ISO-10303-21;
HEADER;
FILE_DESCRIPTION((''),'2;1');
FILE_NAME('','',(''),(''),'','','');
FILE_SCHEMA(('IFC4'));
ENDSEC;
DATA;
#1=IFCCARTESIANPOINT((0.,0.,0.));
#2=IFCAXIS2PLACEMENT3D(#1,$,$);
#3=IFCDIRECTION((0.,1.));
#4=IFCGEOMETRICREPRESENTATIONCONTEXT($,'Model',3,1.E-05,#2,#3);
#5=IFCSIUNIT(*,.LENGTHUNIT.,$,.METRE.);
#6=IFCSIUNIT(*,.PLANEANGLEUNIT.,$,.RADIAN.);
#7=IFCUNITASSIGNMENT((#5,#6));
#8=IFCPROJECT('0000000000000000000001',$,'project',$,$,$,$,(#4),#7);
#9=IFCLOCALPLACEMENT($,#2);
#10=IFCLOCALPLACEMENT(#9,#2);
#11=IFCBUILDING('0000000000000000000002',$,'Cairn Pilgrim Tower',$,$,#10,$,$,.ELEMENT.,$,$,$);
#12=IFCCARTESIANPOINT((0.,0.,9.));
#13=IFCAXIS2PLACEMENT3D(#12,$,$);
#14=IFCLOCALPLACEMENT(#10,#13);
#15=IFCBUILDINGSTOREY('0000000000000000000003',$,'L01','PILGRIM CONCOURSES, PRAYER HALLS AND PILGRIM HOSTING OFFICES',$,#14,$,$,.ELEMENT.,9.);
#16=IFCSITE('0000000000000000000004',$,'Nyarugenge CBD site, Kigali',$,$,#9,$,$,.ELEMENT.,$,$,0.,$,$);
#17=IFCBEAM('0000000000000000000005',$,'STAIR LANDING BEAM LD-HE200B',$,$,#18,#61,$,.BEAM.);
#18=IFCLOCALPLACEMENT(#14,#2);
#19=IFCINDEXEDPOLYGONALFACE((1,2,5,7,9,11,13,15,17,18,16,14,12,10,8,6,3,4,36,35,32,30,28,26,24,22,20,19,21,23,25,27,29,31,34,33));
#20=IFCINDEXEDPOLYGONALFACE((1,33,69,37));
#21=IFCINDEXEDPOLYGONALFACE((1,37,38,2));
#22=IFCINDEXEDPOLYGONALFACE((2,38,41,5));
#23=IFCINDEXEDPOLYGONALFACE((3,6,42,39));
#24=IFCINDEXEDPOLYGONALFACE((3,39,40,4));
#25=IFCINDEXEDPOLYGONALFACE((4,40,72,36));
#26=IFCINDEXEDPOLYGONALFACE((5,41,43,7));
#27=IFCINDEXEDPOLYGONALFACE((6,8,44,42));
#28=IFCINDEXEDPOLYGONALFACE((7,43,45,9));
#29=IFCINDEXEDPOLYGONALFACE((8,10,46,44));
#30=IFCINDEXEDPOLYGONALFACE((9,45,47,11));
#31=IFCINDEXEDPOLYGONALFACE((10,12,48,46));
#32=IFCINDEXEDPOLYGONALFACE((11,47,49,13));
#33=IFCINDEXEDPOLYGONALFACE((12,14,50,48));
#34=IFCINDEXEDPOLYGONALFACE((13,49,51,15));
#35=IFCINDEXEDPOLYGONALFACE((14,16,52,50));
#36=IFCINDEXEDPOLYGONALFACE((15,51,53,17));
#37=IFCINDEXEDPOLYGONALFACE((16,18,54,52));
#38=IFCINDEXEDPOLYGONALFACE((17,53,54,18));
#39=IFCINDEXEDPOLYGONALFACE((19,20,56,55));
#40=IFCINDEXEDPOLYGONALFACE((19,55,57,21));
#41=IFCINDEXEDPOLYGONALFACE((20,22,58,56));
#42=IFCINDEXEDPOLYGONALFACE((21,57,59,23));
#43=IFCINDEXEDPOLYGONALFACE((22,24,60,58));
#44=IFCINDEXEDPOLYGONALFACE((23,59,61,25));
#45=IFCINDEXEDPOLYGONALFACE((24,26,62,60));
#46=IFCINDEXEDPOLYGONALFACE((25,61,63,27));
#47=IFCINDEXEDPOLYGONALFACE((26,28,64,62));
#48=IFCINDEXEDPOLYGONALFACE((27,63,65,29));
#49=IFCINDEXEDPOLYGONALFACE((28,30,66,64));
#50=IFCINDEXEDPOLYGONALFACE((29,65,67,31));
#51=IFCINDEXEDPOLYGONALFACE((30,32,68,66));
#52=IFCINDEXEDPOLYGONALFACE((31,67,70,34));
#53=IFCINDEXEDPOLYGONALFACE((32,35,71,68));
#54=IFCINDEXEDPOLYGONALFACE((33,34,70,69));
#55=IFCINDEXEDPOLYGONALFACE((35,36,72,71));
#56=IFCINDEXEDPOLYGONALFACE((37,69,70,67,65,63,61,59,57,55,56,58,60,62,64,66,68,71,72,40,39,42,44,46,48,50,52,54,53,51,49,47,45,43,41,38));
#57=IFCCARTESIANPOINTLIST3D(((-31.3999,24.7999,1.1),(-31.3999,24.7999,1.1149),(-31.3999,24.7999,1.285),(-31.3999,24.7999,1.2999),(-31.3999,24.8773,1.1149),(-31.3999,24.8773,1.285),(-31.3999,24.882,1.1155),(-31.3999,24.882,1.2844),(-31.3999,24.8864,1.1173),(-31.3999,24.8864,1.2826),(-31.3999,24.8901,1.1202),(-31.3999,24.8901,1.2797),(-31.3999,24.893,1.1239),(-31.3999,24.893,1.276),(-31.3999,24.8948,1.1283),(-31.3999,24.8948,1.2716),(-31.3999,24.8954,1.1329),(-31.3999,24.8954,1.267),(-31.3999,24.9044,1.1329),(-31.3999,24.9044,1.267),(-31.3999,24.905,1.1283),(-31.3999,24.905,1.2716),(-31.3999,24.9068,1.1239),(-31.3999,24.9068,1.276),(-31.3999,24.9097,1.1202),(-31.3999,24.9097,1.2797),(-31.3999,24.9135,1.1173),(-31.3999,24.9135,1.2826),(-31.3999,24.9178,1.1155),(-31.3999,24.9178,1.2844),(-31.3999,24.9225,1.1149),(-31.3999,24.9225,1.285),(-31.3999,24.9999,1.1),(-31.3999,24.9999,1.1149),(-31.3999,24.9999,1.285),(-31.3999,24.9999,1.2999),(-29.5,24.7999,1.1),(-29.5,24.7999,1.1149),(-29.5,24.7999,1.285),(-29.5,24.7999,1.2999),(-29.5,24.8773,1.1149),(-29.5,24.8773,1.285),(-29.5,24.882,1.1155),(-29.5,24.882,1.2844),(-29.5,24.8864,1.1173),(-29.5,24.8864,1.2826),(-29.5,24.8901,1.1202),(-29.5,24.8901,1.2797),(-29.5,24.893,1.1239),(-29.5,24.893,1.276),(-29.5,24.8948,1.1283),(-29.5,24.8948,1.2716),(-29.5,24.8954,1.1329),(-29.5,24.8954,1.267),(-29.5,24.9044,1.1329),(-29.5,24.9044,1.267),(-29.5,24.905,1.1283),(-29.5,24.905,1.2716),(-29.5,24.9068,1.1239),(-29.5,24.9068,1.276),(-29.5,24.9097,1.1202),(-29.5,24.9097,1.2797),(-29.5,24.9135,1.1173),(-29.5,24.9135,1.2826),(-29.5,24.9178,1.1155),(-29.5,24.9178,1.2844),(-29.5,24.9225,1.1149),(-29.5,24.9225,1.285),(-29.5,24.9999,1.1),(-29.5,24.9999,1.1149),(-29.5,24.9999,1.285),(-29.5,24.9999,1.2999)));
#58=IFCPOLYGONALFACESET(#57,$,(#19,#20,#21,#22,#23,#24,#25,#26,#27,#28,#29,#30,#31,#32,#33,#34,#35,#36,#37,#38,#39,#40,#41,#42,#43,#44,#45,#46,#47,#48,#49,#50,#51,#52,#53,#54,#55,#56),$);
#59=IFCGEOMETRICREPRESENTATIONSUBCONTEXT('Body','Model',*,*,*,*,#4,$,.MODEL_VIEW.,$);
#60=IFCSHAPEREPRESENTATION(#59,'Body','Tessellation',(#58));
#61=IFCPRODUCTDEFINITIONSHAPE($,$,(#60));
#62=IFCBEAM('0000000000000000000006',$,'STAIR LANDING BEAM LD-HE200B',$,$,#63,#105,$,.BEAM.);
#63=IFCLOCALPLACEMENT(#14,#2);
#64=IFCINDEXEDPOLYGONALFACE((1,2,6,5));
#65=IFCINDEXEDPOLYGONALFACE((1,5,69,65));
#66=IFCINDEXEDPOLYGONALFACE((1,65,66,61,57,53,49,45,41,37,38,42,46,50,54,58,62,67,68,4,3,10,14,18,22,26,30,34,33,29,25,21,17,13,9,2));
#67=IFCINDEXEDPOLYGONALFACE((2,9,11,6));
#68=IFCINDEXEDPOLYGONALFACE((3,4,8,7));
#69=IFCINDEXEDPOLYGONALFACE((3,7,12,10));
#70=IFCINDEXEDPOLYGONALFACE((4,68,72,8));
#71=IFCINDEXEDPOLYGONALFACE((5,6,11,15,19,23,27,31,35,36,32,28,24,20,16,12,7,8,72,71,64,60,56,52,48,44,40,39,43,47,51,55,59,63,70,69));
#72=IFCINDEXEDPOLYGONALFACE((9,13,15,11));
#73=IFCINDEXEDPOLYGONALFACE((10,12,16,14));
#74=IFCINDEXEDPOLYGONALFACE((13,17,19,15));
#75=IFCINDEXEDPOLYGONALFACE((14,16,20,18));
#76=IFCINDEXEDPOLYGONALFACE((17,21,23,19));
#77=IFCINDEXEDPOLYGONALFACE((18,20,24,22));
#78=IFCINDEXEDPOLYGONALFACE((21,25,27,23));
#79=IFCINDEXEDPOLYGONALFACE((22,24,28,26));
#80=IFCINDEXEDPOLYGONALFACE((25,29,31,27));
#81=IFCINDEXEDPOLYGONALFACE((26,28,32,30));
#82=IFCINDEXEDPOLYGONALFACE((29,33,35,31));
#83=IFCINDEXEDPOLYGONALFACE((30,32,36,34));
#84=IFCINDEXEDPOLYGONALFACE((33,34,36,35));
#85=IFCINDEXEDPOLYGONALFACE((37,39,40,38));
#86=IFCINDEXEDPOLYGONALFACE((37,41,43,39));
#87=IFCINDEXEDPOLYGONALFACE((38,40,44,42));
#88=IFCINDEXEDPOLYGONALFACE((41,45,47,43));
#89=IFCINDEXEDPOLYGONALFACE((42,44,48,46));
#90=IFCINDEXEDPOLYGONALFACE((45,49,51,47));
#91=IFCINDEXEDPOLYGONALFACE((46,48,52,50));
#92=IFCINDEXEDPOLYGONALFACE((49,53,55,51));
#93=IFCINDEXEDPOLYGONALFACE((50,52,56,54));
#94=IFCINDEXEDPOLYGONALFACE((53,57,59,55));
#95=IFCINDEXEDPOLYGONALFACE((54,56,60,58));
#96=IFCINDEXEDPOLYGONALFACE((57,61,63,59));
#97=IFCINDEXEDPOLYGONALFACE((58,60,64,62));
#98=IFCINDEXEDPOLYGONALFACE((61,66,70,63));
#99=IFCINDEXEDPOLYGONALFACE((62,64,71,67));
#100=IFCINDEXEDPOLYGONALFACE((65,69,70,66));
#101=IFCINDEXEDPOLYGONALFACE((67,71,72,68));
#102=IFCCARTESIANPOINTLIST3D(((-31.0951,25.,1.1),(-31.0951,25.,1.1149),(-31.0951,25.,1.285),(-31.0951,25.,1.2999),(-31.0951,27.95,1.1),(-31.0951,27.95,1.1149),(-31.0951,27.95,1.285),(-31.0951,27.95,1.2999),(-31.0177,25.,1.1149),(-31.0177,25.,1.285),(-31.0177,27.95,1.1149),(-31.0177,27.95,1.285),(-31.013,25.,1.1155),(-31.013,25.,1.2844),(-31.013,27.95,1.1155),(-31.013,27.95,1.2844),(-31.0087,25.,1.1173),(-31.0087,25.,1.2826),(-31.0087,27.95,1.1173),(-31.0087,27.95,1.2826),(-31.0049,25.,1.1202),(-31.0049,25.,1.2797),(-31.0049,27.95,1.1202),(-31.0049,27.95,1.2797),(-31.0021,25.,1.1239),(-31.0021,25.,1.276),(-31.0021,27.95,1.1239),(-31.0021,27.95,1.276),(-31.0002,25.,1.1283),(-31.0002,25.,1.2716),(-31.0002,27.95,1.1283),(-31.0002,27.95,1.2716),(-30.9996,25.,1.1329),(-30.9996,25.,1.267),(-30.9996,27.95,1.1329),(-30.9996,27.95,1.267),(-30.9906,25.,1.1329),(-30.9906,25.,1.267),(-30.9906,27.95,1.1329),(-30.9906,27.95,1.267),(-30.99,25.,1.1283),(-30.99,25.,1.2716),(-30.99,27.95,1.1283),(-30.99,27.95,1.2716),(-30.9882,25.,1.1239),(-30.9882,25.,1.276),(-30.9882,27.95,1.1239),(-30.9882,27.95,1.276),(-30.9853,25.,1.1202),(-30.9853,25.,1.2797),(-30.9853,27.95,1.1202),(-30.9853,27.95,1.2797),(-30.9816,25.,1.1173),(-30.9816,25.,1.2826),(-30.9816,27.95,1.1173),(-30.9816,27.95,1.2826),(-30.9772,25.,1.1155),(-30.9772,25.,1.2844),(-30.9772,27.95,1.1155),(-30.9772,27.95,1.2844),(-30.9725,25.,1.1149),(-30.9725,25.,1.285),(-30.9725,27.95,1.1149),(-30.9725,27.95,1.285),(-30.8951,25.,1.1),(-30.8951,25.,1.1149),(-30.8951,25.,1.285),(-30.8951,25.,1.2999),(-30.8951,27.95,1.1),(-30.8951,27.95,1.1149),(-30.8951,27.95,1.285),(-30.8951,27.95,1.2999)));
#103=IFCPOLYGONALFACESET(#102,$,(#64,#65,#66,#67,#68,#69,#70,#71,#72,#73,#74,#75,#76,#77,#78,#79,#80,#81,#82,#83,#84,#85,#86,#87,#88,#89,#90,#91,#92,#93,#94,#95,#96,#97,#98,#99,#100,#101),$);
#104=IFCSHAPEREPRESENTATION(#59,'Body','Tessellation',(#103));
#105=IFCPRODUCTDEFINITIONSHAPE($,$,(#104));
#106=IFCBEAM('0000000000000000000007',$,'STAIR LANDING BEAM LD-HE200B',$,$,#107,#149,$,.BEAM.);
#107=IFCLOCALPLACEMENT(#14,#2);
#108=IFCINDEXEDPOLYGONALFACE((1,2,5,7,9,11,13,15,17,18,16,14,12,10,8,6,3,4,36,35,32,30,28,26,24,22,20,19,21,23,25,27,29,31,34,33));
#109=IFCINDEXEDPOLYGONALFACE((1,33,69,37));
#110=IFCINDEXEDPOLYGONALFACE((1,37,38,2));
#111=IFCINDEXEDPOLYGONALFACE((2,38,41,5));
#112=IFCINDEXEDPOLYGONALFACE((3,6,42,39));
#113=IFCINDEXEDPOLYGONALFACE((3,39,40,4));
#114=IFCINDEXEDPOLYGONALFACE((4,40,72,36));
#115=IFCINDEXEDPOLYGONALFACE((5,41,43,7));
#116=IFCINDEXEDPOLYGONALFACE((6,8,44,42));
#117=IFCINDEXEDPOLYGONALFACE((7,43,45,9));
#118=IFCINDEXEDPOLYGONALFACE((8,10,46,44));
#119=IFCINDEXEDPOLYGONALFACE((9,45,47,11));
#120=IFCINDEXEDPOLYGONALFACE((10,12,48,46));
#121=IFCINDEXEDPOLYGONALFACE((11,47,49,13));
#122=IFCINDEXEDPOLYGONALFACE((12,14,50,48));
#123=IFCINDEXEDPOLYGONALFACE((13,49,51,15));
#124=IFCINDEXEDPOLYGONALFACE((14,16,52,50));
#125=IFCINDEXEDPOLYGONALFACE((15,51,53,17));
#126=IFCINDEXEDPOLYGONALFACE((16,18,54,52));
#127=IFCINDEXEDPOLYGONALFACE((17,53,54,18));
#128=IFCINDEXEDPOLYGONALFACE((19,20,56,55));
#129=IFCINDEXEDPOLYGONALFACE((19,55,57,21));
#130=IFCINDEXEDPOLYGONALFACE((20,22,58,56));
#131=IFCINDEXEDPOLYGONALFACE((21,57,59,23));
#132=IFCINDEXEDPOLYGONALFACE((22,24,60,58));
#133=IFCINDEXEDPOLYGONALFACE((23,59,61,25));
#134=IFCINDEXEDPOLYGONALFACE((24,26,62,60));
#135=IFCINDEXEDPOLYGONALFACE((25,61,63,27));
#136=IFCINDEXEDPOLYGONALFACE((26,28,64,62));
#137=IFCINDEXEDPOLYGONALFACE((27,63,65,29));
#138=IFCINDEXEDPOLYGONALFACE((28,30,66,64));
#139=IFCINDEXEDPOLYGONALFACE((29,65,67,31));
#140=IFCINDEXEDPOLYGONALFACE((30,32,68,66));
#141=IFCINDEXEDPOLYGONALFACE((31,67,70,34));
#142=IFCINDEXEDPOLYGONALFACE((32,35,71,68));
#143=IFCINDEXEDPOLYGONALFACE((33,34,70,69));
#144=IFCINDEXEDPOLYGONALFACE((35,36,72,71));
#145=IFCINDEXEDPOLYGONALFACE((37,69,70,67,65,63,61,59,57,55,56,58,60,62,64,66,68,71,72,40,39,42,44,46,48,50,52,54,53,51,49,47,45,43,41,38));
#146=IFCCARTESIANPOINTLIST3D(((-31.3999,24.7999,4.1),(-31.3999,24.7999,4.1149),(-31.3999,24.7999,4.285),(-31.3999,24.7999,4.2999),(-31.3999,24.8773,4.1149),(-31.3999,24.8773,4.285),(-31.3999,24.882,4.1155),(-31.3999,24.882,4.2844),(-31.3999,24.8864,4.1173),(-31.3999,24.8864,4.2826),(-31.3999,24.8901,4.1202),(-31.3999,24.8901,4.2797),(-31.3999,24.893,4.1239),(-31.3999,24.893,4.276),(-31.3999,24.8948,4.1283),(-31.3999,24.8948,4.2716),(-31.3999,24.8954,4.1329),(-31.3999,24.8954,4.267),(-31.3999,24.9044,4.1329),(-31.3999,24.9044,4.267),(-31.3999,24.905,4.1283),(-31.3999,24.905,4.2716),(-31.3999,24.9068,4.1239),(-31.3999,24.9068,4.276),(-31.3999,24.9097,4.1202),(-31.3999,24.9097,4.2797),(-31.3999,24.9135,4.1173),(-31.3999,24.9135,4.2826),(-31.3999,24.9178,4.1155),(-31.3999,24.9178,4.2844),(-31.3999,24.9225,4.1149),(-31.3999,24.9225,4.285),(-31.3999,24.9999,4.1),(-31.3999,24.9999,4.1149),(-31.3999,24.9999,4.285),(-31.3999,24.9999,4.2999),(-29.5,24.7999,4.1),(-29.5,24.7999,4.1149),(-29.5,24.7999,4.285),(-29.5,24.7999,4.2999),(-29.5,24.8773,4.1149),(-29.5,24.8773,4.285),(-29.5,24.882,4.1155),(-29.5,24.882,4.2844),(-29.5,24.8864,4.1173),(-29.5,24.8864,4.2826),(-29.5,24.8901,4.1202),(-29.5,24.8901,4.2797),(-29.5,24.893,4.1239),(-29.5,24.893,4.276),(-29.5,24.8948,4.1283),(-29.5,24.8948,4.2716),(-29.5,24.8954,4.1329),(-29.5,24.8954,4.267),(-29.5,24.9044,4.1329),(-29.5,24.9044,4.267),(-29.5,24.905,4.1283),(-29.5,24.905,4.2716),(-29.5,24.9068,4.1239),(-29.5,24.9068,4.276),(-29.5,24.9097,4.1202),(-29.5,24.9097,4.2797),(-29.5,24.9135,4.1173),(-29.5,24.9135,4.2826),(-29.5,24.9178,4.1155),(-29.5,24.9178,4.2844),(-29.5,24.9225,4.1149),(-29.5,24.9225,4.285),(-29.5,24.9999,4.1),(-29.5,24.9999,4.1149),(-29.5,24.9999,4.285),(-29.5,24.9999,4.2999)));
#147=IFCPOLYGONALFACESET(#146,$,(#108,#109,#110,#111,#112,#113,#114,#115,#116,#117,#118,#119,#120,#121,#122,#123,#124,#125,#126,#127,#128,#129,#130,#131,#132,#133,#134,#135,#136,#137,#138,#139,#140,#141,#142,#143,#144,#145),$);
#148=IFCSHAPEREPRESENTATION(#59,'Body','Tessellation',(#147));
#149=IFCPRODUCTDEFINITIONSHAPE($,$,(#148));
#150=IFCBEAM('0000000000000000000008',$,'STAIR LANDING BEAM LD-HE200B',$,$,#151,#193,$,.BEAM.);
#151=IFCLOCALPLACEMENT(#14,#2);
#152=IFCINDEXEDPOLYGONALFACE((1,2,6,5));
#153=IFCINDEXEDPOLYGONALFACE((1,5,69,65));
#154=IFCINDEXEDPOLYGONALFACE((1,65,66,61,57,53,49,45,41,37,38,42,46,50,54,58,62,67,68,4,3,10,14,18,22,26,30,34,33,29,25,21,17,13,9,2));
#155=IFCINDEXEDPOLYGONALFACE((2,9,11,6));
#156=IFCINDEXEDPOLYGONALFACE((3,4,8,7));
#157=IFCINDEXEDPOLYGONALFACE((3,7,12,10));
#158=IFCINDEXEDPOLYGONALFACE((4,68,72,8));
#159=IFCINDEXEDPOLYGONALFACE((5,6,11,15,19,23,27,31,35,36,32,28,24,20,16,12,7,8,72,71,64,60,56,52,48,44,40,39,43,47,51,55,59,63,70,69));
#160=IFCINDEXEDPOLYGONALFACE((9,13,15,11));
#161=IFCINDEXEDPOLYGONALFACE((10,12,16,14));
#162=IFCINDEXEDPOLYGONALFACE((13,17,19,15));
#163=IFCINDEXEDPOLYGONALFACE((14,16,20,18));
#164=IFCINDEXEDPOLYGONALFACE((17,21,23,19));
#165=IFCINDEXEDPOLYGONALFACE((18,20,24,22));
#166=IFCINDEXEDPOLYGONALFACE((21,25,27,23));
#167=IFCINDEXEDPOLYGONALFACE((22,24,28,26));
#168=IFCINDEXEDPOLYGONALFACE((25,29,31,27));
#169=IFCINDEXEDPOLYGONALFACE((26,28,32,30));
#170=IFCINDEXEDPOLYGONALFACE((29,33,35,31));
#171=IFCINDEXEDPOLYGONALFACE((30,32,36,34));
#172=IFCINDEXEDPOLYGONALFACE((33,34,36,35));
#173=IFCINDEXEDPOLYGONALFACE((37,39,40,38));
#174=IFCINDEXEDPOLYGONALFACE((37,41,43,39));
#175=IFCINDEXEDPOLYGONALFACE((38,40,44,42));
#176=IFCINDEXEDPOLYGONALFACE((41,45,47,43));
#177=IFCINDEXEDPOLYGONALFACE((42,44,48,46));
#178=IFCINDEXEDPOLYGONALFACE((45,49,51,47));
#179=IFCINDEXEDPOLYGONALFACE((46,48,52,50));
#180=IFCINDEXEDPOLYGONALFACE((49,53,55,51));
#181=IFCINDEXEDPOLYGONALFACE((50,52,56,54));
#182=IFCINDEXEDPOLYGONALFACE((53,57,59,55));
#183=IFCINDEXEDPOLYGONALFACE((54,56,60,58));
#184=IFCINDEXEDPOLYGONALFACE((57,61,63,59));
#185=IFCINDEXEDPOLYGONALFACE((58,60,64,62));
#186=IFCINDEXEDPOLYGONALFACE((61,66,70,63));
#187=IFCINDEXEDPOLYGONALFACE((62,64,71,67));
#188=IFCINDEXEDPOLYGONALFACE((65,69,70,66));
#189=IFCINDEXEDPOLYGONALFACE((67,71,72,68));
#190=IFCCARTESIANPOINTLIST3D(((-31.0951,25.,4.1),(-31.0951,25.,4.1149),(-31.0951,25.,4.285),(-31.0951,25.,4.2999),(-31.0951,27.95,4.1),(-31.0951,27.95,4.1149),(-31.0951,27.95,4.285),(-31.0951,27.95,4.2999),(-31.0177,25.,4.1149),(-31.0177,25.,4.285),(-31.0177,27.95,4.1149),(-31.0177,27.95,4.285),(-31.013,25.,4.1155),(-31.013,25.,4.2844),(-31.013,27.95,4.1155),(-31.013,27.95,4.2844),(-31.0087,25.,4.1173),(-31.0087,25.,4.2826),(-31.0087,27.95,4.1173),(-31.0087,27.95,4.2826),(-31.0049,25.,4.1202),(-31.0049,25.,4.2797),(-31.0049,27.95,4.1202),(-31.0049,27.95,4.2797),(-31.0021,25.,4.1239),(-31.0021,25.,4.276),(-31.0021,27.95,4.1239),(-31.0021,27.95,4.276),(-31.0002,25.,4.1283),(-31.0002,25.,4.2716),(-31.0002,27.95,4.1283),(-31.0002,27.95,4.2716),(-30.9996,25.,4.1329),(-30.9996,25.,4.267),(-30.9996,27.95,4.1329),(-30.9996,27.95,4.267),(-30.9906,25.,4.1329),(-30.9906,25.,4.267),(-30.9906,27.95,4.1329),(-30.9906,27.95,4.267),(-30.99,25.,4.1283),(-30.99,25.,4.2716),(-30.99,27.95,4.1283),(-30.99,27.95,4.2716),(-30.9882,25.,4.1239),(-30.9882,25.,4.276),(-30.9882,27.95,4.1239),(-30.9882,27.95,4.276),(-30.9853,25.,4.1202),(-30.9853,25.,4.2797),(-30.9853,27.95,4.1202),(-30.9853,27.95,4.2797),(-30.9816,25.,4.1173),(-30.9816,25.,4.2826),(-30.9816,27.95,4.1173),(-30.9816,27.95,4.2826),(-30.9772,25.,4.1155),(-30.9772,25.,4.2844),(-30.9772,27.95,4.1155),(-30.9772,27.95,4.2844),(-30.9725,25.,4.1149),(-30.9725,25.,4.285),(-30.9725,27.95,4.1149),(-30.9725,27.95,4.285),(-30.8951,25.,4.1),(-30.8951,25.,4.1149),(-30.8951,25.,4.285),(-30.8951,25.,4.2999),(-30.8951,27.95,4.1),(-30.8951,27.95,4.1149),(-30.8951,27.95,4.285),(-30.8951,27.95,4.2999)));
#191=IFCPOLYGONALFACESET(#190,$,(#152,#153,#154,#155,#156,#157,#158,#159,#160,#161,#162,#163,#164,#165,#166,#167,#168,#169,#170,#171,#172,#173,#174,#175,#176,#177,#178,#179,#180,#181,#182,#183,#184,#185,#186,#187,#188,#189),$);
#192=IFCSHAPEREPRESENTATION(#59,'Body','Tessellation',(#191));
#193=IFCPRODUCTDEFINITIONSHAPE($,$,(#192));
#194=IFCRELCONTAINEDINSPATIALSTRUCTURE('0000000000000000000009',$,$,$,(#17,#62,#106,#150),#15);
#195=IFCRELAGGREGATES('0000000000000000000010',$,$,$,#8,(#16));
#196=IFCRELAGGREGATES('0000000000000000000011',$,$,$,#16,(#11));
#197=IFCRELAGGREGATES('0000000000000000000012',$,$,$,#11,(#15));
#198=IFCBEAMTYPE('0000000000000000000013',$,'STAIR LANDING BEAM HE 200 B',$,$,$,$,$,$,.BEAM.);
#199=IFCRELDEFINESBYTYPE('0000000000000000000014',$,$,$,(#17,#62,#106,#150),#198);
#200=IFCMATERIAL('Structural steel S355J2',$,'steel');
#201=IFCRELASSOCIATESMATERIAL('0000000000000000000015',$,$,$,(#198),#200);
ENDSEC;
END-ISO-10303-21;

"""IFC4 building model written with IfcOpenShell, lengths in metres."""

from ifc_helpers import new_model, si_unit, direction, frame, origin, origin_2d, place, context, subcontext, project, spatial, i_section, extrude, material, material_profile, profile_set, type_object, element, save


model = new_model("IFC4")

# Units and contexts
model_context = context("Model", 3, precision=1e-05, world=origin(), true_north=direction((0.0, 1.0)))
body_context = subcontext(model_context, "Body", "Model", "MODEL_VIEW")
ifc_project = project(units=[si_unit("LENGTHUNIT", "METRE"), si_unit("PLANEANGLEUNIT", "RADIAN")], contexts=[model_context])

# Site, building, storey
site_placement = place(None, origin())
site = spatial("IfcSite", under=ifc_project, at=site_placement, Name="Nyarugenge CBD site, Kigali", CompositionType="ELEMENT", RefElevation=0.0)
building_placement = place(site_placement, origin())
building = spatial("IfcBuilding", under=site, at=building_placement, Name="Cairn Pilgrim Tower", CompositionType="ELEMENT")
storey_placement = place(building_placement, frame((0.0, 0.0, 9.0)))
storey = spatial("IfcBuildingStorey", under=building, at=storey_placement, Name="L01", Description="PILGRIM CONCOURSES, PRAYER HALLS AND PILGRIM HOSTING OFFICES", CompositionType="ELEMENT", Elevation=9.0)

# Shared definitions
ifc_material_1 = material(Name="Structural steel S355J2", Category="steel")

# Beams
ifc_material_profile_1 = material_profile(ifc_material_1, i_section(OverallWidth=0.2, OverallDepth=0.2, WebThickness=0.009, FlangeThickness=0.0149, FilletRadius=0.0181, at=origin_2d()), Name="HE 200 B")
ifc_profile_set_1 = profile_set([ifc_material_profile_1], Name="Structural steel S355J2")
beam_type_1 = type_object("IfcBeamType", Name="STAIR LANDING BEAM HE 200 B", PredefinedType="BEAM", material=ifc_profile_set_1)
beam_1_placement = place(storey_placement, frame((-31.3999, 24.8999, 1.2), z_axis=(1.0, 0.0, 0.0), x_axis=(0.0, 1.0, 0.0)))
element("IfcBeam", 1, at=beam_1_placement, inside=storey, type_object=beam_type_1, Name="STAIR LANDING BEAM LD-HE200B", PredefinedType="BEAM", context=body_context, shape_type="SweptSolid", body=[
    extrude(i_section(OverallWidth=0.2, OverallDepth=0.2, WebThickness=0.009, FlangeThickness=0.0149, FilletRadius=0.0181, at=origin_2d()), origin(), (0.0, 0.0, 1.0), 1.8999),
])
beam_2_placement = place(storey_placement, frame((-30.9951, 25.0, 1.2), z_axis=(0.0, 1.0, 0.0), x_axis=(-1.0, 0.0, 0.0)))
element("IfcBeam", 2, at=beam_2_placement, inside=storey, type_object=beam_type_1, Name="STAIR LANDING BEAM LD-HE200B", PredefinedType="BEAM", context=body_context, shape_type="SweptSolid", body=[
    extrude(i_section(OverallWidth=0.2, OverallDepth=0.2, WebThickness=0.009, FlangeThickness=0.0149, FilletRadius=0.0181, at=origin_2d()), origin(), (0.0, 0.0, 1.0), 2.95),
])
beam_3_placement = place(storey_placement, frame((-31.3999, 24.8999, 4.2), z_axis=(1.0, 0.0, 0.0), x_axis=(0.0, 1.0, 0.0)))
element("IfcBeam", 3, at=beam_3_placement, inside=storey, type_object=beam_type_1, Name="STAIR LANDING BEAM LD-HE200B", PredefinedType="BEAM", context=body_context, shape_type="SweptSolid", body=[
    extrude(i_section(OverallWidth=0.2, OverallDepth=0.2, WebThickness=0.009, FlangeThickness=0.0149, FilletRadius=0.0181, at=origin_2d()), origin(), (0.0, 0.0, 1.0), 1.8999),
])
beam_4_placement = place(storey_placement, frame((-30.9951, 25.0, 4.2), z_axis=(0.0, 1.0, 0.0), x_axis=(-1.0, 0.0, 0.0)))
element("IfcBeam", 4, at=beam_4_placement, inside=storey, type_object=beam_type_1, Name="STAIR LANDING BEAM LD-HE200B", PredefinedType="BEAM", context=body_context, shape_type="SweptSolid", body=[
    extrude(i_section(OverallWidth=0.2, OverallDepth=0.2, WebThickness=0.009, FlangeThickness=0.0149, FilletRadius=0.0181, at=origin_2d()), origin(), (0.0, 0.0, 1.0), 2.95),
])

save(model, "model.ifc")
